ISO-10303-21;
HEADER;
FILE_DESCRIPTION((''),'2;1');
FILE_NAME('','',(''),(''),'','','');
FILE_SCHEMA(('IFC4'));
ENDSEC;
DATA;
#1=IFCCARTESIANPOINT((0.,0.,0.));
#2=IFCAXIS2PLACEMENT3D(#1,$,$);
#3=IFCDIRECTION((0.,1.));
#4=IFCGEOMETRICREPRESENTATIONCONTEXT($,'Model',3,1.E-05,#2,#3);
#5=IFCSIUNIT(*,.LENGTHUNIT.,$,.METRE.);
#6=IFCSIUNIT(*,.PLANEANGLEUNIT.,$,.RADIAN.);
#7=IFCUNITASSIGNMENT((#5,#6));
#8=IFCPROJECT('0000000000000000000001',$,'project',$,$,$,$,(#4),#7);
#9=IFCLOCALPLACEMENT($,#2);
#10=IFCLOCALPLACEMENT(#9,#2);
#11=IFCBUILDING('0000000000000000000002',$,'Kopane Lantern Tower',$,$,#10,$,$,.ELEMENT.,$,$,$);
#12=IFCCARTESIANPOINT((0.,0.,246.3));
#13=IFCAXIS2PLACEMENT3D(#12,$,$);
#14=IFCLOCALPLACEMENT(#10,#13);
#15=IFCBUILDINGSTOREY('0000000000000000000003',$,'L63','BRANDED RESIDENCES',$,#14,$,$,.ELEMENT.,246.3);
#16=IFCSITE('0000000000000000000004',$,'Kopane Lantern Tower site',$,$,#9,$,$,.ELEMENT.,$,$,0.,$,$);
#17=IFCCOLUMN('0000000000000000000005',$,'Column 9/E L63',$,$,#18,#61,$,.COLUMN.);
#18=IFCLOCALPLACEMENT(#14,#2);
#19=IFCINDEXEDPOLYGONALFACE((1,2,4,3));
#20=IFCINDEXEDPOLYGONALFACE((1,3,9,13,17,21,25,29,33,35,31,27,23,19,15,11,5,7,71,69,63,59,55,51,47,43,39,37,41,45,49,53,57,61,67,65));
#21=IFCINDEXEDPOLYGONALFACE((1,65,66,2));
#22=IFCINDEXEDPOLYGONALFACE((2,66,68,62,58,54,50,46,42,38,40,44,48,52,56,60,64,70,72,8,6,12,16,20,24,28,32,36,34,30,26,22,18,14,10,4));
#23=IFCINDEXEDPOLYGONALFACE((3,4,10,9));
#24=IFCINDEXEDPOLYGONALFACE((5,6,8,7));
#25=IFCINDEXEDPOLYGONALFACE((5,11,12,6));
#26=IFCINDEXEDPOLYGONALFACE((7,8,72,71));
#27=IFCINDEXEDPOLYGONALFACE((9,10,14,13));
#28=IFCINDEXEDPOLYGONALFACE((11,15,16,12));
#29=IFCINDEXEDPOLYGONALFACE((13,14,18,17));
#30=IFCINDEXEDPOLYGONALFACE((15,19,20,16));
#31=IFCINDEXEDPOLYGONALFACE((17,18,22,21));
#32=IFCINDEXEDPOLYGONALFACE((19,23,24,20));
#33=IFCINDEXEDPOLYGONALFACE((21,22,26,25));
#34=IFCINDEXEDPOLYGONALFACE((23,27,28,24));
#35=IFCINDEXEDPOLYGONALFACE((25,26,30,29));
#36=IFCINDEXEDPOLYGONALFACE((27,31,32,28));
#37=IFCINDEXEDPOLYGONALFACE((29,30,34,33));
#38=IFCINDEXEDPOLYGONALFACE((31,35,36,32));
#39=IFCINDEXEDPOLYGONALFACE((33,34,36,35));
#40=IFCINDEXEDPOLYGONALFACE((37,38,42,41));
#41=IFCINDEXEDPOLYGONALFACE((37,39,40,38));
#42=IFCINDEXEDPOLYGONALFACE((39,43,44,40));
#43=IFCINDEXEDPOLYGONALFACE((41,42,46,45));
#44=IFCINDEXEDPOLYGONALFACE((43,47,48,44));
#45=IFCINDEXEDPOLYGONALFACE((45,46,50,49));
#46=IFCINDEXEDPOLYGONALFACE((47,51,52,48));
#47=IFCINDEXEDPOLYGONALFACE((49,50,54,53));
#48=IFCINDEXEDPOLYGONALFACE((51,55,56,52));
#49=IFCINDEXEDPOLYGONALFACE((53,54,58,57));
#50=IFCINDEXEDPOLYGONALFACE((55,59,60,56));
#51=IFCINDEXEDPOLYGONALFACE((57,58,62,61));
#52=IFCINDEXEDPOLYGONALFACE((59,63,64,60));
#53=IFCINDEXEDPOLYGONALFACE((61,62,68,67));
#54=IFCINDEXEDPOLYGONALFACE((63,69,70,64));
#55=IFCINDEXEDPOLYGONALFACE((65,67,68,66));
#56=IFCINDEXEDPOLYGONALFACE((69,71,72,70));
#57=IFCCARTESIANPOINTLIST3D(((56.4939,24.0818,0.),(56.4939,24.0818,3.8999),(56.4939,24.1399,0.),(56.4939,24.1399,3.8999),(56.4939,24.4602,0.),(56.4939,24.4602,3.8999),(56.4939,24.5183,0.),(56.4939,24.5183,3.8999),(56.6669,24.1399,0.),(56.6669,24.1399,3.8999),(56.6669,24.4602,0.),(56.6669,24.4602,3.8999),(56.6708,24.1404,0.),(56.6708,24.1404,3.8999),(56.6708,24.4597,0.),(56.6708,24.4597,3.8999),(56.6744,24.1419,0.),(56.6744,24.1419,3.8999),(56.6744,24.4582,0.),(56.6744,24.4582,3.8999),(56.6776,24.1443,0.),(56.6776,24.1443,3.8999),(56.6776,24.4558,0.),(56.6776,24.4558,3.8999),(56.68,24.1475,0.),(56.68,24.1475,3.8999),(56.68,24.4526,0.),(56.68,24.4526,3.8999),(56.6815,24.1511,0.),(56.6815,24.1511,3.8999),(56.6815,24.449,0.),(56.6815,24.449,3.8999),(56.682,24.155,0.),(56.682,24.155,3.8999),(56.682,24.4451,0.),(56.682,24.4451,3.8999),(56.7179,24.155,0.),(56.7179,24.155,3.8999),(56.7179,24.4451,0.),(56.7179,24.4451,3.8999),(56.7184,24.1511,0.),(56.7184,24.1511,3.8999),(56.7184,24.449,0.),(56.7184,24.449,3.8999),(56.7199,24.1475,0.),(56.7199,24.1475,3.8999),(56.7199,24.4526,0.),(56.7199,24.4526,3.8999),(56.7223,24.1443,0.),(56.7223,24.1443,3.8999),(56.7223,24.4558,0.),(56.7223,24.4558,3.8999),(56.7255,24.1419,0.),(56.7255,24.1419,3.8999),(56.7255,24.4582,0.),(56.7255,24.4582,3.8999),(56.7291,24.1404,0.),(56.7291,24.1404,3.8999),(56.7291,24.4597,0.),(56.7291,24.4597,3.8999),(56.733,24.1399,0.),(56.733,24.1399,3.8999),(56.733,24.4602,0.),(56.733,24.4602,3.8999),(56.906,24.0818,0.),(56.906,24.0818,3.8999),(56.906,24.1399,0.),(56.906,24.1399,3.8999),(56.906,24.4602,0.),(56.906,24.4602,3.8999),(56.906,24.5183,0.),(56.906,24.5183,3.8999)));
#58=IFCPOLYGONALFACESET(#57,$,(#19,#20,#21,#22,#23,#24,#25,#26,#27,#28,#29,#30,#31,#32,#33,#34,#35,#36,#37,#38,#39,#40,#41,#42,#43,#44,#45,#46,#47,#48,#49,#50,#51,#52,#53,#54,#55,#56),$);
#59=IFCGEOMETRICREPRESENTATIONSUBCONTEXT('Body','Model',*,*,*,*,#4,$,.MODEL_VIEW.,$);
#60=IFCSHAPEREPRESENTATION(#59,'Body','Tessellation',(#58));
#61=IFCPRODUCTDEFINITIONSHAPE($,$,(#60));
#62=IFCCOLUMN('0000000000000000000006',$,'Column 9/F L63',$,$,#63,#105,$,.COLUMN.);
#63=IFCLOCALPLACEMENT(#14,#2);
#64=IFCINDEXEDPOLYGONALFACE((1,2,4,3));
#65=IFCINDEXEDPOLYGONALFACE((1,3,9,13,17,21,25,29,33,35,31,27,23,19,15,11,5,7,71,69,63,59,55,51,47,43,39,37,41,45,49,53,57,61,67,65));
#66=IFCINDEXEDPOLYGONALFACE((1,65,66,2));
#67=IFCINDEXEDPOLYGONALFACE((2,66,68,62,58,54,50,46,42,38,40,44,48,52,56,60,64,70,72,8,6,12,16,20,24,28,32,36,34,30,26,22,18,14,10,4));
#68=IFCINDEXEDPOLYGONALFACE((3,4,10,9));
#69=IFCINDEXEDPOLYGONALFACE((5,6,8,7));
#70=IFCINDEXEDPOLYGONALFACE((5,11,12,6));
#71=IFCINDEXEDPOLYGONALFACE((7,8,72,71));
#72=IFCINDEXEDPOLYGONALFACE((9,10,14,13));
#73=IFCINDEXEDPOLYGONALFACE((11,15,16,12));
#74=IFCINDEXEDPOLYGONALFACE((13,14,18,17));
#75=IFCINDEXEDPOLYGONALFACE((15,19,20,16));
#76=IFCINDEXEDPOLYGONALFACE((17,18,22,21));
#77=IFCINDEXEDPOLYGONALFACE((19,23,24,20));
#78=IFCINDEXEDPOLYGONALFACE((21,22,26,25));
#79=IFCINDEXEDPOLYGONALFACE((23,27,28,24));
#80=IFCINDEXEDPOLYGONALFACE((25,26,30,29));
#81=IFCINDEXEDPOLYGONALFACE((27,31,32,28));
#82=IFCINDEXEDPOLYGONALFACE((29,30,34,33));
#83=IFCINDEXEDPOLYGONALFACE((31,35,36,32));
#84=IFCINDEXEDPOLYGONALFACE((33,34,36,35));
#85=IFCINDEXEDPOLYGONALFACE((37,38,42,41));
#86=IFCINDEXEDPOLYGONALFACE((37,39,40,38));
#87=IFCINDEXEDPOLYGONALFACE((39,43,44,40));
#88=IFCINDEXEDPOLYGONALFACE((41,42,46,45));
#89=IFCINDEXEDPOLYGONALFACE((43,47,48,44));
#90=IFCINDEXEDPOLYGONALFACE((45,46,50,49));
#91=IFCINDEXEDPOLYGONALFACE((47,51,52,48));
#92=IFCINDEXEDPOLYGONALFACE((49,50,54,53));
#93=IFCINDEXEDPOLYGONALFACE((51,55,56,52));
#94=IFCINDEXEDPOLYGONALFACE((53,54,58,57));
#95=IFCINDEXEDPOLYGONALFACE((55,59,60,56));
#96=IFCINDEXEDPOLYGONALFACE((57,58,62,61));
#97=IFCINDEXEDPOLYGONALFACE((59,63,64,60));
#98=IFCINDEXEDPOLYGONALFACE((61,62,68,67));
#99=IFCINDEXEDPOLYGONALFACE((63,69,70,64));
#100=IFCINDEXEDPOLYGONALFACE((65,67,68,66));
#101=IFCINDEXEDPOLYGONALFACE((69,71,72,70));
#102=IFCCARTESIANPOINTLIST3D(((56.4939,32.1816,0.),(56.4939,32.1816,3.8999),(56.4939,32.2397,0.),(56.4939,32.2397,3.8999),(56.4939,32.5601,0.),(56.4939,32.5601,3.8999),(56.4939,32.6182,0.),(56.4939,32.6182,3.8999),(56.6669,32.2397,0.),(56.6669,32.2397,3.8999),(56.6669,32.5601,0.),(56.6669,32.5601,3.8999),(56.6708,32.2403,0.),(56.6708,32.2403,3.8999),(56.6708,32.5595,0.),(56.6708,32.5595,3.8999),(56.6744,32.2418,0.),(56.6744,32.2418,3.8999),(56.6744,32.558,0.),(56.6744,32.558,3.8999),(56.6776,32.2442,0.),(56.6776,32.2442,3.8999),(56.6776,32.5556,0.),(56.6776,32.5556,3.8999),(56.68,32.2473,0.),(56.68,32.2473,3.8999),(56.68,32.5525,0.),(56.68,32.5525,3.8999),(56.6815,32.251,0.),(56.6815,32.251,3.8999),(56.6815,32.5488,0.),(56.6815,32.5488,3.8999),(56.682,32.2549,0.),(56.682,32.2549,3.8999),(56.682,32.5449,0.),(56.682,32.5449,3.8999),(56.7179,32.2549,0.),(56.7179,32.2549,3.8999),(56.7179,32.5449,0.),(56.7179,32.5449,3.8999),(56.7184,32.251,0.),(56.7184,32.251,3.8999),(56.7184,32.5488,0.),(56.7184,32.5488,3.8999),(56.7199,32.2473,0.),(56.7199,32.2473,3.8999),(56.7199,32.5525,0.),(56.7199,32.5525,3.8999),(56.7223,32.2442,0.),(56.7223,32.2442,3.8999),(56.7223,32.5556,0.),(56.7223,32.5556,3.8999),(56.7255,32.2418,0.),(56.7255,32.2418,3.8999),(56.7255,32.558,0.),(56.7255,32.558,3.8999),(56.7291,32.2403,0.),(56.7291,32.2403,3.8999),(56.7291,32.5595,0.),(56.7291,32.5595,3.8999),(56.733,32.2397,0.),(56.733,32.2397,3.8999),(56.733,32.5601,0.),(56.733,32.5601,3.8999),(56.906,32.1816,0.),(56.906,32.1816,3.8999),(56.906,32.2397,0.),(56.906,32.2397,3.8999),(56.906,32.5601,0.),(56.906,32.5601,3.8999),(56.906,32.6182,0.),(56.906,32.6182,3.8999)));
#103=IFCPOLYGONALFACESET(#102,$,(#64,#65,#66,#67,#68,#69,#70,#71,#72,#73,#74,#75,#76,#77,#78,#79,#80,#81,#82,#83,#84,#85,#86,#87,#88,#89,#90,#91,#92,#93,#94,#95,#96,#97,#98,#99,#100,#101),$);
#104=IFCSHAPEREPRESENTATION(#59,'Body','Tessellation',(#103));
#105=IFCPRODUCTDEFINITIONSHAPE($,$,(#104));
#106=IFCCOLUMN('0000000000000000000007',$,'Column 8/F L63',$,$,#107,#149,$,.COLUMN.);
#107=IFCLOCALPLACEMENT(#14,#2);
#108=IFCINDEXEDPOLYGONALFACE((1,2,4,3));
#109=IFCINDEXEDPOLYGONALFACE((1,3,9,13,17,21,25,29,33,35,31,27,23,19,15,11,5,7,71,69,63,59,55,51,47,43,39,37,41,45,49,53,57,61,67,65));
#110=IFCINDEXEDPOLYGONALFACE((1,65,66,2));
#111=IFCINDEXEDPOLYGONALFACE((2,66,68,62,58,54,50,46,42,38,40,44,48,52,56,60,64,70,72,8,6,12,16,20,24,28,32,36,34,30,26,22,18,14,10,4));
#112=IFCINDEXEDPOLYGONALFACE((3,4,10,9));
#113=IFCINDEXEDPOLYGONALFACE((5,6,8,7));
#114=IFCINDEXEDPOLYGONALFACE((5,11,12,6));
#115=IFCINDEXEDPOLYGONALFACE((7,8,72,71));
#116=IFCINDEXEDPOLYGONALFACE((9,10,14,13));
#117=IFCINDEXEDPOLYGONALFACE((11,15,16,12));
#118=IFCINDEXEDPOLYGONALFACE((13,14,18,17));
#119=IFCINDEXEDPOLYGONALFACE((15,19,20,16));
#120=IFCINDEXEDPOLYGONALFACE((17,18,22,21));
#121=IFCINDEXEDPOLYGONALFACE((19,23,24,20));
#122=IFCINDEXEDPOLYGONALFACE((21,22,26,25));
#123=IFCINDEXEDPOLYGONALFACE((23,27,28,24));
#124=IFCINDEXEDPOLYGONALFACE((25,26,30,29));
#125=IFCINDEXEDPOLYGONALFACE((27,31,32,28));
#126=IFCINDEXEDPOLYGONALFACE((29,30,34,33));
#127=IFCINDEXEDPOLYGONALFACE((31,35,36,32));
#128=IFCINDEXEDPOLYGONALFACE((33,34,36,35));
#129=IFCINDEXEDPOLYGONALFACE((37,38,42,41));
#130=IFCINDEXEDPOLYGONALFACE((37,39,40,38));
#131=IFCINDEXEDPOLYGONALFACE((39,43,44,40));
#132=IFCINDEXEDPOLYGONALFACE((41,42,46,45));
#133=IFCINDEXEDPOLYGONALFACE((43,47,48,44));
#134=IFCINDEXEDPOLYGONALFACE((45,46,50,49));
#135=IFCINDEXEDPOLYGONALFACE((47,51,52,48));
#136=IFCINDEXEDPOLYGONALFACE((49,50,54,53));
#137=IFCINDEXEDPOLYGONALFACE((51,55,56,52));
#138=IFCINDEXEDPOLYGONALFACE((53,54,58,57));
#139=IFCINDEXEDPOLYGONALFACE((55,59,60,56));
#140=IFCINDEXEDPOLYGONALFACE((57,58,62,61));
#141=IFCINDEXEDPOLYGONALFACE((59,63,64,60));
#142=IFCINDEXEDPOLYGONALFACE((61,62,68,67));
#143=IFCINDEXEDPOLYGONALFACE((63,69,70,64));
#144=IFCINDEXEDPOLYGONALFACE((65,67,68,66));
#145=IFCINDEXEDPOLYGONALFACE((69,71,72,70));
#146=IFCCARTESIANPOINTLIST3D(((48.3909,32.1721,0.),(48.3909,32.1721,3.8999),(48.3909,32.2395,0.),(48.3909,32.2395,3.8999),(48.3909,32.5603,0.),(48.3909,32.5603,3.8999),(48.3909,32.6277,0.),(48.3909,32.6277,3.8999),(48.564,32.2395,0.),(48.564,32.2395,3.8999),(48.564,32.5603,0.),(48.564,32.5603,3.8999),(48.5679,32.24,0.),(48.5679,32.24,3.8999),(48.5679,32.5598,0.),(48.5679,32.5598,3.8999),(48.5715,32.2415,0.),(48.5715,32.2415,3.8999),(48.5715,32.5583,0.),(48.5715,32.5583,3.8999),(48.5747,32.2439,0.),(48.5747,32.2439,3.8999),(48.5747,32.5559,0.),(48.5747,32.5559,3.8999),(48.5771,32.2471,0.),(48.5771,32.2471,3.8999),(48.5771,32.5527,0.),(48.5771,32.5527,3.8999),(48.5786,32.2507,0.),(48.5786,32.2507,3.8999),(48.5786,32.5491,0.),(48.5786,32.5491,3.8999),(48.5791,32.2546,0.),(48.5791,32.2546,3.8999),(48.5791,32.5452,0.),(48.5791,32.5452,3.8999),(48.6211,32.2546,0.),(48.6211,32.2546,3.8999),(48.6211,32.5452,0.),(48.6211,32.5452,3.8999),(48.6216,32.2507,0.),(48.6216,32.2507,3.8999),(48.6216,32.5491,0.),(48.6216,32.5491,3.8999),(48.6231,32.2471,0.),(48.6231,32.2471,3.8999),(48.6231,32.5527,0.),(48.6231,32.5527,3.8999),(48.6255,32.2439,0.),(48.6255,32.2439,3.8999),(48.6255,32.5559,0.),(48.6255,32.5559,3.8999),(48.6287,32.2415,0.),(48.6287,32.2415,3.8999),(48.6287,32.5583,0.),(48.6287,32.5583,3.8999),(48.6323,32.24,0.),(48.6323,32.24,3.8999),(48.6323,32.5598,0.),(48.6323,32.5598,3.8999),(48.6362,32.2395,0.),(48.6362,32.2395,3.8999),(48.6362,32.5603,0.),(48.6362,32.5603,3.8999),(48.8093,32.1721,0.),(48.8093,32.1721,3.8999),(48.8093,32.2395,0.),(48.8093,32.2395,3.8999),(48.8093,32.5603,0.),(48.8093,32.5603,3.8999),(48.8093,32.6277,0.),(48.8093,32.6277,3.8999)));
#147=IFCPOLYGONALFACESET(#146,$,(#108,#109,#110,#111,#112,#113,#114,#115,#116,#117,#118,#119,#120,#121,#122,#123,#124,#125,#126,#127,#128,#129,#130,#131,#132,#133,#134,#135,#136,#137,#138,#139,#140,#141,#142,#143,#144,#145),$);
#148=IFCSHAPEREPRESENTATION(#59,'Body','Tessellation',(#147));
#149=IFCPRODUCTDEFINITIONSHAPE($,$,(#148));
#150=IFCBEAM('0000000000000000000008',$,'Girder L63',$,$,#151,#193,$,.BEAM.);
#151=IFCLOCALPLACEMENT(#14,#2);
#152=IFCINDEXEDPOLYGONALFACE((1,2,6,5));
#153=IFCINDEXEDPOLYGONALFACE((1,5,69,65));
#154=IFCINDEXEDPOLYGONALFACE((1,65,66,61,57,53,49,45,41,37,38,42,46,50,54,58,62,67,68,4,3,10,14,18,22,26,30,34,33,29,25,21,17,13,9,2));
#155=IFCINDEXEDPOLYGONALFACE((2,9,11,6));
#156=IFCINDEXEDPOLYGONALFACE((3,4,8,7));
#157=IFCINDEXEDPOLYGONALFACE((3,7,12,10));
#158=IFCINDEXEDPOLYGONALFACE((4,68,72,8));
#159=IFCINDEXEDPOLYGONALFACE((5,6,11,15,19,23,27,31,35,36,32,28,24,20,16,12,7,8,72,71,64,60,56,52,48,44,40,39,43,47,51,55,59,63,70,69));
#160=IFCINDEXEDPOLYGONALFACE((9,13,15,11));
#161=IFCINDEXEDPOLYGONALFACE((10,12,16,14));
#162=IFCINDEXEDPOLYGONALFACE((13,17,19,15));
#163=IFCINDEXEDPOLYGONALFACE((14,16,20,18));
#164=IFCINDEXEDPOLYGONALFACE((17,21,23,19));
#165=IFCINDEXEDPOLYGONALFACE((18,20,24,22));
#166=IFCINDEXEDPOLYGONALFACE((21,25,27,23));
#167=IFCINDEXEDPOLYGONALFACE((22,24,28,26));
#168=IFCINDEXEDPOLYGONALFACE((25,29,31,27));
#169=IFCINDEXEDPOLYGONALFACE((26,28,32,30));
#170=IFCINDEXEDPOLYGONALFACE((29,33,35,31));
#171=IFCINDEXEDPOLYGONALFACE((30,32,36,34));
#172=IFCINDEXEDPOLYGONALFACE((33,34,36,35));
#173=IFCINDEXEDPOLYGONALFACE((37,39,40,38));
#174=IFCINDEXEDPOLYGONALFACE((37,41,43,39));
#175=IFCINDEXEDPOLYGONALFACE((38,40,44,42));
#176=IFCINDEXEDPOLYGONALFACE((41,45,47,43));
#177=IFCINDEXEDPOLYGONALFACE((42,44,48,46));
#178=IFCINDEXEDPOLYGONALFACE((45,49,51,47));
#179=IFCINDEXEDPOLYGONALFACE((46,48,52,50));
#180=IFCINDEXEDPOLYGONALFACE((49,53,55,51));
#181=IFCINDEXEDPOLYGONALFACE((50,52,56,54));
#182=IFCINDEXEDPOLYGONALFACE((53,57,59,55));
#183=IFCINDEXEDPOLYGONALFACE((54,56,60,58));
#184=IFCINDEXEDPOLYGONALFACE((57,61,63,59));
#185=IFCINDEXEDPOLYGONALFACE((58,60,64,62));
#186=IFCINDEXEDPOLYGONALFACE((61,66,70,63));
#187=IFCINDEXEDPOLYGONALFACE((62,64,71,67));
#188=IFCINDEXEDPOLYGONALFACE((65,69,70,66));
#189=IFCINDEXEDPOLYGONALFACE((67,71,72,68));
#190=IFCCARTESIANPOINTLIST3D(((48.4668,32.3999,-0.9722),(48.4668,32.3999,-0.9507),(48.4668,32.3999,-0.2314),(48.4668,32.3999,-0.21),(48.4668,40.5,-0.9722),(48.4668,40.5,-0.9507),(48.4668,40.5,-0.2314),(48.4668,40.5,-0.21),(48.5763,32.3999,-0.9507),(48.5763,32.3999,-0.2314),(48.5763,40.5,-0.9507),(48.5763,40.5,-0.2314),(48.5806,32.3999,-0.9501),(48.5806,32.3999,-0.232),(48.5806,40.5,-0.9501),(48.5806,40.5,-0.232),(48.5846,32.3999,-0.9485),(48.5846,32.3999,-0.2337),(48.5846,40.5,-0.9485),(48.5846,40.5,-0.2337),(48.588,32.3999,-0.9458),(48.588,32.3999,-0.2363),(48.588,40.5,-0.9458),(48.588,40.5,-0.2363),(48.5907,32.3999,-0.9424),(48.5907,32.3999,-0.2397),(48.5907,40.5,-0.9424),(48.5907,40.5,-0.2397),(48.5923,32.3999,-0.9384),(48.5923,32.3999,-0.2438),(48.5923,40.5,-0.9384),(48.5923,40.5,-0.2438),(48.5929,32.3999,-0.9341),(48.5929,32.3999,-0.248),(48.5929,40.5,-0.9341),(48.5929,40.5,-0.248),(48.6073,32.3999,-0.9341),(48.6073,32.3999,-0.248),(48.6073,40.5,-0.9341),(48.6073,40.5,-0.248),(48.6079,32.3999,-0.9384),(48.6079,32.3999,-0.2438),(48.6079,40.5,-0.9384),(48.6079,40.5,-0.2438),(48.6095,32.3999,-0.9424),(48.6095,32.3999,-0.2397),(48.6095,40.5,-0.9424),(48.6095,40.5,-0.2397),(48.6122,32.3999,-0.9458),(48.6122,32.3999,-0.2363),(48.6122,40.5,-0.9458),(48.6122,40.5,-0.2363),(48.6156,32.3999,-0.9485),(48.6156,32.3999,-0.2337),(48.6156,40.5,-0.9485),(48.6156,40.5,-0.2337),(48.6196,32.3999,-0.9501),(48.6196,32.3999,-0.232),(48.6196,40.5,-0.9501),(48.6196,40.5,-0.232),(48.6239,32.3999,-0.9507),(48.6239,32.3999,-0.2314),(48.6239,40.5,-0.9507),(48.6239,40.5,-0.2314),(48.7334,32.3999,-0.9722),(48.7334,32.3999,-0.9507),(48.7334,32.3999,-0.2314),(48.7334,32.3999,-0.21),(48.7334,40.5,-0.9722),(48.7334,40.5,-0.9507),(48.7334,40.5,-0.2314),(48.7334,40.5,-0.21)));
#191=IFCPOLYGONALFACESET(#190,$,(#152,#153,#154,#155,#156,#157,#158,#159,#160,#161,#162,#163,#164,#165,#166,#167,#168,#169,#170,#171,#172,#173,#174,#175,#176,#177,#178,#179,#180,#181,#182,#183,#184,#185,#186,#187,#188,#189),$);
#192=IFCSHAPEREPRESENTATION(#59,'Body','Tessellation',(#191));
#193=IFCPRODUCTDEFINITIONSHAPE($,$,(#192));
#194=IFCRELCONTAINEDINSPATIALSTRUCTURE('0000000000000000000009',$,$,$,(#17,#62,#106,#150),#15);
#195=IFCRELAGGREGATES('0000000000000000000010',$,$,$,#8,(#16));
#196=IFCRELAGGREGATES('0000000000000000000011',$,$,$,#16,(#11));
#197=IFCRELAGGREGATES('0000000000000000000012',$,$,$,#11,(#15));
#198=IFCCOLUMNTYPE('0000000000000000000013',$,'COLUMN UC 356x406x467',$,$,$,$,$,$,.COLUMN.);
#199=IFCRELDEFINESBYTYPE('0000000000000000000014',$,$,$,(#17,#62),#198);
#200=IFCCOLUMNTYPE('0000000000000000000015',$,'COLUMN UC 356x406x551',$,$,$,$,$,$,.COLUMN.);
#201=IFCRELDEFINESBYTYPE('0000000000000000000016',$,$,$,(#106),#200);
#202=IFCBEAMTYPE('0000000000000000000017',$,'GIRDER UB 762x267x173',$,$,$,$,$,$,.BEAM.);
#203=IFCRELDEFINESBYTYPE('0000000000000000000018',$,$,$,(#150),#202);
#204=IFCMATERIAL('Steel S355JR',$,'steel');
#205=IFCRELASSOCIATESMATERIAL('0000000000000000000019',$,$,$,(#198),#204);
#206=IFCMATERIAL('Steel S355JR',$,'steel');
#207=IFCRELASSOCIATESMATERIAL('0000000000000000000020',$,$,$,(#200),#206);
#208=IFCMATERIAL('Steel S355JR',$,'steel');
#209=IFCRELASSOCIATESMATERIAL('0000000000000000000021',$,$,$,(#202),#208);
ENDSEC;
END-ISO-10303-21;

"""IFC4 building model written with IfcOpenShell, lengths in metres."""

from ifc_helpers import new_model, si_unit, direction, frame, origin, origin_2d, place, context, subcontext, project, spatial, i_section, extrude, material, material_profile, profile_set, type_object, element, save


model = new_model("IFC4")

# Units and contexts
model_context = context("Model", 3, precision=1e-05, world=origin(), true_north=direction((0.0, 1.0)))
body_context = subcontext(model_context, "Body", "Model", "MODEL_VIEW")
ifc_project = project(units=[si_unit("LENGTHUNIT", "METRE"), si_unit("PLANEANGLEUNIT", "RADIAN")], contexts=[model_context])

# Site, building, storey
site_placement = place(None, origin())
site = spatial("IfcSite", under=ifc_project, at=site_placement, Name="Kopane Lantern Tower site", CompositionType="ELEMENT", RefElevation=0.0)
building_placement = place(site_placement, origin())
building = spatial("IfcBuilding", under=site, at=building_placement, Name="Kopane Lantern Tower", CompositionType="ELEMENT")
storey_placement = place(building_placement, frame((0.0, 0.0, 246.3)))
storey = spatial("IfcBuildingStorey", under=building, at=storey_placement, Name="L63", Description="BRANDED RESIDENCES", CompositionType="ELEMENT", Elevation=246.3)

# Columns
ifc_material_1 = material(Name="Steel S355JR", Category="steel")
ifc_material_profile_1 = material_profile(ifc_material_1, i_section(OverallWidth=0.4121, OverallDepth=0.4365, WebThickness=0.0359, FlangeThickness=0.0581, FilletRadius=0.0151, at=origin_2d()), Name="UC 356x406x467")
ifc_profile_set_1 = profile_set([ifc_material_profile_1], Name="Steel S355JR")
column_type_1 = type_object("IfcColumnType", Name="COLUMN UC 356x406x467", PredefinedType="COLUMN", material=ifc_profile_set_1)
for number, where, z_axis, x_axis, name in (
    (1, (56.7, 24.3, 0.0), (0.0, 0.0, 1.0), (1.0, 0.0, 0.0), "Column 9/E L63"),
    (2, (56.7, 32.3999, 0.0), (0.0, 0.0, 1.0), (1.0, 0.0, 0.0), "Column 9/F L63"),
):
    element("IfcColumn", number, at=place(storey_placement, frame(where, z_axis=z_axis, x_axis=x_axis)), inside=storey, type_object=column_type_1, Name=name, PredefinedType="COLUMN", context=body_context, shape_type="SweptSolid", body=[
        extrude(i_section(OverallWidth=0.4121, OverallDepth=0.4365, WebThickness=0.0359, FlangeThickness=0.0581, FilletRadius=0.0151, at=origin_2d()), origin(), (0.0, 0.0, 1.0), 3.8999),
    ])
ifc_material_2 = material(Name="Steel S355JR", Category="steel")
ifc_material_profile_2 = material_profile(ifc_material_2, i_section(OverallWidth=0.4185, OverallDepth=0.4556, WebThickness=0.042, FlangeThickness=0.0674, FilletRadius=0.0151, at=origin_2d()), Name="UC 356x406x551")
ifc_profile_set_2 = profile_set([ifc_material_profile_2], Name="Steel S355JR")
column_type_2 = type_object("IfcColumnType", Name="COLUMN UC 356x406x551", PredefinedType="COLUMN", material=ifc_profile_set_2)
column_placement = place(storey_placement, frame((48.6001, 32.3999, 0.0), z_axis=(0.0, 0.0, 1.0), x_axis=(1.0, 0.0, 0.0)))
element("IfcColumn", 3, at=column_placement, inside=storey, type_object=column_type_2, Name="Column 8/F L63", PredefinedType="COLUMN", context=body_context, shape_type="SweptSolid", body=[
    extrude(i_section(OverallWidth=0.4185, OverallDepth=0.4556, WebThickness=0.042, FlangeThickness=0.0674, FilletRadius=0.0151, at=origin_2d()), origin(), (0.0, 0.0, 1.0), 3.8999),
])

# Beam
ifc_material_3 = material(Name="Steel S355JR", Category="steel")
ifc_material_profile_3 = material_profile(ifc_material_3, i_section(OverallWidth=0.2666, OverallDepth=0.7622, WebThickness=0.0144, FlangeThickness=0.0215, FilletRadius=0.0166, at=origin_2d()), Name="UB 762x267x173")
ifc_profile_set_3 = profile_set([ifc_material_profile_3], Name="Steel S355JR")
beam_type = type_object("IfcBeamType", Name="GIRDER UB 762x267x173", PredefinedType="BEAM", material=ifc_profile_set_3)
beam_1_placement = place(storey_placement, frame((48.6001, 32.3999, -0.5911), z_axis=(0.0, 1.0, 0.0), x_axis=(-1.0, 0.0, 0.0)))
element("IfcBeam", 4, at=beam_1_placement, inside=storey, type_object=beam_type, Name="Girder L63", PredefinedType="BEAM", context=body_context, shape_type="SweptSolid", body=[
    extrude(i_section(OverallWidth=0.2666, OverallDepth=0.7622, WebThickness=0.0144, FlangeThickness=0.0215, FilletRadius=0.0166, at=origin_2d()), origin(), (0.0, 0.0, 1.0), 8.1001),
])

save(model, "model.ifc")
